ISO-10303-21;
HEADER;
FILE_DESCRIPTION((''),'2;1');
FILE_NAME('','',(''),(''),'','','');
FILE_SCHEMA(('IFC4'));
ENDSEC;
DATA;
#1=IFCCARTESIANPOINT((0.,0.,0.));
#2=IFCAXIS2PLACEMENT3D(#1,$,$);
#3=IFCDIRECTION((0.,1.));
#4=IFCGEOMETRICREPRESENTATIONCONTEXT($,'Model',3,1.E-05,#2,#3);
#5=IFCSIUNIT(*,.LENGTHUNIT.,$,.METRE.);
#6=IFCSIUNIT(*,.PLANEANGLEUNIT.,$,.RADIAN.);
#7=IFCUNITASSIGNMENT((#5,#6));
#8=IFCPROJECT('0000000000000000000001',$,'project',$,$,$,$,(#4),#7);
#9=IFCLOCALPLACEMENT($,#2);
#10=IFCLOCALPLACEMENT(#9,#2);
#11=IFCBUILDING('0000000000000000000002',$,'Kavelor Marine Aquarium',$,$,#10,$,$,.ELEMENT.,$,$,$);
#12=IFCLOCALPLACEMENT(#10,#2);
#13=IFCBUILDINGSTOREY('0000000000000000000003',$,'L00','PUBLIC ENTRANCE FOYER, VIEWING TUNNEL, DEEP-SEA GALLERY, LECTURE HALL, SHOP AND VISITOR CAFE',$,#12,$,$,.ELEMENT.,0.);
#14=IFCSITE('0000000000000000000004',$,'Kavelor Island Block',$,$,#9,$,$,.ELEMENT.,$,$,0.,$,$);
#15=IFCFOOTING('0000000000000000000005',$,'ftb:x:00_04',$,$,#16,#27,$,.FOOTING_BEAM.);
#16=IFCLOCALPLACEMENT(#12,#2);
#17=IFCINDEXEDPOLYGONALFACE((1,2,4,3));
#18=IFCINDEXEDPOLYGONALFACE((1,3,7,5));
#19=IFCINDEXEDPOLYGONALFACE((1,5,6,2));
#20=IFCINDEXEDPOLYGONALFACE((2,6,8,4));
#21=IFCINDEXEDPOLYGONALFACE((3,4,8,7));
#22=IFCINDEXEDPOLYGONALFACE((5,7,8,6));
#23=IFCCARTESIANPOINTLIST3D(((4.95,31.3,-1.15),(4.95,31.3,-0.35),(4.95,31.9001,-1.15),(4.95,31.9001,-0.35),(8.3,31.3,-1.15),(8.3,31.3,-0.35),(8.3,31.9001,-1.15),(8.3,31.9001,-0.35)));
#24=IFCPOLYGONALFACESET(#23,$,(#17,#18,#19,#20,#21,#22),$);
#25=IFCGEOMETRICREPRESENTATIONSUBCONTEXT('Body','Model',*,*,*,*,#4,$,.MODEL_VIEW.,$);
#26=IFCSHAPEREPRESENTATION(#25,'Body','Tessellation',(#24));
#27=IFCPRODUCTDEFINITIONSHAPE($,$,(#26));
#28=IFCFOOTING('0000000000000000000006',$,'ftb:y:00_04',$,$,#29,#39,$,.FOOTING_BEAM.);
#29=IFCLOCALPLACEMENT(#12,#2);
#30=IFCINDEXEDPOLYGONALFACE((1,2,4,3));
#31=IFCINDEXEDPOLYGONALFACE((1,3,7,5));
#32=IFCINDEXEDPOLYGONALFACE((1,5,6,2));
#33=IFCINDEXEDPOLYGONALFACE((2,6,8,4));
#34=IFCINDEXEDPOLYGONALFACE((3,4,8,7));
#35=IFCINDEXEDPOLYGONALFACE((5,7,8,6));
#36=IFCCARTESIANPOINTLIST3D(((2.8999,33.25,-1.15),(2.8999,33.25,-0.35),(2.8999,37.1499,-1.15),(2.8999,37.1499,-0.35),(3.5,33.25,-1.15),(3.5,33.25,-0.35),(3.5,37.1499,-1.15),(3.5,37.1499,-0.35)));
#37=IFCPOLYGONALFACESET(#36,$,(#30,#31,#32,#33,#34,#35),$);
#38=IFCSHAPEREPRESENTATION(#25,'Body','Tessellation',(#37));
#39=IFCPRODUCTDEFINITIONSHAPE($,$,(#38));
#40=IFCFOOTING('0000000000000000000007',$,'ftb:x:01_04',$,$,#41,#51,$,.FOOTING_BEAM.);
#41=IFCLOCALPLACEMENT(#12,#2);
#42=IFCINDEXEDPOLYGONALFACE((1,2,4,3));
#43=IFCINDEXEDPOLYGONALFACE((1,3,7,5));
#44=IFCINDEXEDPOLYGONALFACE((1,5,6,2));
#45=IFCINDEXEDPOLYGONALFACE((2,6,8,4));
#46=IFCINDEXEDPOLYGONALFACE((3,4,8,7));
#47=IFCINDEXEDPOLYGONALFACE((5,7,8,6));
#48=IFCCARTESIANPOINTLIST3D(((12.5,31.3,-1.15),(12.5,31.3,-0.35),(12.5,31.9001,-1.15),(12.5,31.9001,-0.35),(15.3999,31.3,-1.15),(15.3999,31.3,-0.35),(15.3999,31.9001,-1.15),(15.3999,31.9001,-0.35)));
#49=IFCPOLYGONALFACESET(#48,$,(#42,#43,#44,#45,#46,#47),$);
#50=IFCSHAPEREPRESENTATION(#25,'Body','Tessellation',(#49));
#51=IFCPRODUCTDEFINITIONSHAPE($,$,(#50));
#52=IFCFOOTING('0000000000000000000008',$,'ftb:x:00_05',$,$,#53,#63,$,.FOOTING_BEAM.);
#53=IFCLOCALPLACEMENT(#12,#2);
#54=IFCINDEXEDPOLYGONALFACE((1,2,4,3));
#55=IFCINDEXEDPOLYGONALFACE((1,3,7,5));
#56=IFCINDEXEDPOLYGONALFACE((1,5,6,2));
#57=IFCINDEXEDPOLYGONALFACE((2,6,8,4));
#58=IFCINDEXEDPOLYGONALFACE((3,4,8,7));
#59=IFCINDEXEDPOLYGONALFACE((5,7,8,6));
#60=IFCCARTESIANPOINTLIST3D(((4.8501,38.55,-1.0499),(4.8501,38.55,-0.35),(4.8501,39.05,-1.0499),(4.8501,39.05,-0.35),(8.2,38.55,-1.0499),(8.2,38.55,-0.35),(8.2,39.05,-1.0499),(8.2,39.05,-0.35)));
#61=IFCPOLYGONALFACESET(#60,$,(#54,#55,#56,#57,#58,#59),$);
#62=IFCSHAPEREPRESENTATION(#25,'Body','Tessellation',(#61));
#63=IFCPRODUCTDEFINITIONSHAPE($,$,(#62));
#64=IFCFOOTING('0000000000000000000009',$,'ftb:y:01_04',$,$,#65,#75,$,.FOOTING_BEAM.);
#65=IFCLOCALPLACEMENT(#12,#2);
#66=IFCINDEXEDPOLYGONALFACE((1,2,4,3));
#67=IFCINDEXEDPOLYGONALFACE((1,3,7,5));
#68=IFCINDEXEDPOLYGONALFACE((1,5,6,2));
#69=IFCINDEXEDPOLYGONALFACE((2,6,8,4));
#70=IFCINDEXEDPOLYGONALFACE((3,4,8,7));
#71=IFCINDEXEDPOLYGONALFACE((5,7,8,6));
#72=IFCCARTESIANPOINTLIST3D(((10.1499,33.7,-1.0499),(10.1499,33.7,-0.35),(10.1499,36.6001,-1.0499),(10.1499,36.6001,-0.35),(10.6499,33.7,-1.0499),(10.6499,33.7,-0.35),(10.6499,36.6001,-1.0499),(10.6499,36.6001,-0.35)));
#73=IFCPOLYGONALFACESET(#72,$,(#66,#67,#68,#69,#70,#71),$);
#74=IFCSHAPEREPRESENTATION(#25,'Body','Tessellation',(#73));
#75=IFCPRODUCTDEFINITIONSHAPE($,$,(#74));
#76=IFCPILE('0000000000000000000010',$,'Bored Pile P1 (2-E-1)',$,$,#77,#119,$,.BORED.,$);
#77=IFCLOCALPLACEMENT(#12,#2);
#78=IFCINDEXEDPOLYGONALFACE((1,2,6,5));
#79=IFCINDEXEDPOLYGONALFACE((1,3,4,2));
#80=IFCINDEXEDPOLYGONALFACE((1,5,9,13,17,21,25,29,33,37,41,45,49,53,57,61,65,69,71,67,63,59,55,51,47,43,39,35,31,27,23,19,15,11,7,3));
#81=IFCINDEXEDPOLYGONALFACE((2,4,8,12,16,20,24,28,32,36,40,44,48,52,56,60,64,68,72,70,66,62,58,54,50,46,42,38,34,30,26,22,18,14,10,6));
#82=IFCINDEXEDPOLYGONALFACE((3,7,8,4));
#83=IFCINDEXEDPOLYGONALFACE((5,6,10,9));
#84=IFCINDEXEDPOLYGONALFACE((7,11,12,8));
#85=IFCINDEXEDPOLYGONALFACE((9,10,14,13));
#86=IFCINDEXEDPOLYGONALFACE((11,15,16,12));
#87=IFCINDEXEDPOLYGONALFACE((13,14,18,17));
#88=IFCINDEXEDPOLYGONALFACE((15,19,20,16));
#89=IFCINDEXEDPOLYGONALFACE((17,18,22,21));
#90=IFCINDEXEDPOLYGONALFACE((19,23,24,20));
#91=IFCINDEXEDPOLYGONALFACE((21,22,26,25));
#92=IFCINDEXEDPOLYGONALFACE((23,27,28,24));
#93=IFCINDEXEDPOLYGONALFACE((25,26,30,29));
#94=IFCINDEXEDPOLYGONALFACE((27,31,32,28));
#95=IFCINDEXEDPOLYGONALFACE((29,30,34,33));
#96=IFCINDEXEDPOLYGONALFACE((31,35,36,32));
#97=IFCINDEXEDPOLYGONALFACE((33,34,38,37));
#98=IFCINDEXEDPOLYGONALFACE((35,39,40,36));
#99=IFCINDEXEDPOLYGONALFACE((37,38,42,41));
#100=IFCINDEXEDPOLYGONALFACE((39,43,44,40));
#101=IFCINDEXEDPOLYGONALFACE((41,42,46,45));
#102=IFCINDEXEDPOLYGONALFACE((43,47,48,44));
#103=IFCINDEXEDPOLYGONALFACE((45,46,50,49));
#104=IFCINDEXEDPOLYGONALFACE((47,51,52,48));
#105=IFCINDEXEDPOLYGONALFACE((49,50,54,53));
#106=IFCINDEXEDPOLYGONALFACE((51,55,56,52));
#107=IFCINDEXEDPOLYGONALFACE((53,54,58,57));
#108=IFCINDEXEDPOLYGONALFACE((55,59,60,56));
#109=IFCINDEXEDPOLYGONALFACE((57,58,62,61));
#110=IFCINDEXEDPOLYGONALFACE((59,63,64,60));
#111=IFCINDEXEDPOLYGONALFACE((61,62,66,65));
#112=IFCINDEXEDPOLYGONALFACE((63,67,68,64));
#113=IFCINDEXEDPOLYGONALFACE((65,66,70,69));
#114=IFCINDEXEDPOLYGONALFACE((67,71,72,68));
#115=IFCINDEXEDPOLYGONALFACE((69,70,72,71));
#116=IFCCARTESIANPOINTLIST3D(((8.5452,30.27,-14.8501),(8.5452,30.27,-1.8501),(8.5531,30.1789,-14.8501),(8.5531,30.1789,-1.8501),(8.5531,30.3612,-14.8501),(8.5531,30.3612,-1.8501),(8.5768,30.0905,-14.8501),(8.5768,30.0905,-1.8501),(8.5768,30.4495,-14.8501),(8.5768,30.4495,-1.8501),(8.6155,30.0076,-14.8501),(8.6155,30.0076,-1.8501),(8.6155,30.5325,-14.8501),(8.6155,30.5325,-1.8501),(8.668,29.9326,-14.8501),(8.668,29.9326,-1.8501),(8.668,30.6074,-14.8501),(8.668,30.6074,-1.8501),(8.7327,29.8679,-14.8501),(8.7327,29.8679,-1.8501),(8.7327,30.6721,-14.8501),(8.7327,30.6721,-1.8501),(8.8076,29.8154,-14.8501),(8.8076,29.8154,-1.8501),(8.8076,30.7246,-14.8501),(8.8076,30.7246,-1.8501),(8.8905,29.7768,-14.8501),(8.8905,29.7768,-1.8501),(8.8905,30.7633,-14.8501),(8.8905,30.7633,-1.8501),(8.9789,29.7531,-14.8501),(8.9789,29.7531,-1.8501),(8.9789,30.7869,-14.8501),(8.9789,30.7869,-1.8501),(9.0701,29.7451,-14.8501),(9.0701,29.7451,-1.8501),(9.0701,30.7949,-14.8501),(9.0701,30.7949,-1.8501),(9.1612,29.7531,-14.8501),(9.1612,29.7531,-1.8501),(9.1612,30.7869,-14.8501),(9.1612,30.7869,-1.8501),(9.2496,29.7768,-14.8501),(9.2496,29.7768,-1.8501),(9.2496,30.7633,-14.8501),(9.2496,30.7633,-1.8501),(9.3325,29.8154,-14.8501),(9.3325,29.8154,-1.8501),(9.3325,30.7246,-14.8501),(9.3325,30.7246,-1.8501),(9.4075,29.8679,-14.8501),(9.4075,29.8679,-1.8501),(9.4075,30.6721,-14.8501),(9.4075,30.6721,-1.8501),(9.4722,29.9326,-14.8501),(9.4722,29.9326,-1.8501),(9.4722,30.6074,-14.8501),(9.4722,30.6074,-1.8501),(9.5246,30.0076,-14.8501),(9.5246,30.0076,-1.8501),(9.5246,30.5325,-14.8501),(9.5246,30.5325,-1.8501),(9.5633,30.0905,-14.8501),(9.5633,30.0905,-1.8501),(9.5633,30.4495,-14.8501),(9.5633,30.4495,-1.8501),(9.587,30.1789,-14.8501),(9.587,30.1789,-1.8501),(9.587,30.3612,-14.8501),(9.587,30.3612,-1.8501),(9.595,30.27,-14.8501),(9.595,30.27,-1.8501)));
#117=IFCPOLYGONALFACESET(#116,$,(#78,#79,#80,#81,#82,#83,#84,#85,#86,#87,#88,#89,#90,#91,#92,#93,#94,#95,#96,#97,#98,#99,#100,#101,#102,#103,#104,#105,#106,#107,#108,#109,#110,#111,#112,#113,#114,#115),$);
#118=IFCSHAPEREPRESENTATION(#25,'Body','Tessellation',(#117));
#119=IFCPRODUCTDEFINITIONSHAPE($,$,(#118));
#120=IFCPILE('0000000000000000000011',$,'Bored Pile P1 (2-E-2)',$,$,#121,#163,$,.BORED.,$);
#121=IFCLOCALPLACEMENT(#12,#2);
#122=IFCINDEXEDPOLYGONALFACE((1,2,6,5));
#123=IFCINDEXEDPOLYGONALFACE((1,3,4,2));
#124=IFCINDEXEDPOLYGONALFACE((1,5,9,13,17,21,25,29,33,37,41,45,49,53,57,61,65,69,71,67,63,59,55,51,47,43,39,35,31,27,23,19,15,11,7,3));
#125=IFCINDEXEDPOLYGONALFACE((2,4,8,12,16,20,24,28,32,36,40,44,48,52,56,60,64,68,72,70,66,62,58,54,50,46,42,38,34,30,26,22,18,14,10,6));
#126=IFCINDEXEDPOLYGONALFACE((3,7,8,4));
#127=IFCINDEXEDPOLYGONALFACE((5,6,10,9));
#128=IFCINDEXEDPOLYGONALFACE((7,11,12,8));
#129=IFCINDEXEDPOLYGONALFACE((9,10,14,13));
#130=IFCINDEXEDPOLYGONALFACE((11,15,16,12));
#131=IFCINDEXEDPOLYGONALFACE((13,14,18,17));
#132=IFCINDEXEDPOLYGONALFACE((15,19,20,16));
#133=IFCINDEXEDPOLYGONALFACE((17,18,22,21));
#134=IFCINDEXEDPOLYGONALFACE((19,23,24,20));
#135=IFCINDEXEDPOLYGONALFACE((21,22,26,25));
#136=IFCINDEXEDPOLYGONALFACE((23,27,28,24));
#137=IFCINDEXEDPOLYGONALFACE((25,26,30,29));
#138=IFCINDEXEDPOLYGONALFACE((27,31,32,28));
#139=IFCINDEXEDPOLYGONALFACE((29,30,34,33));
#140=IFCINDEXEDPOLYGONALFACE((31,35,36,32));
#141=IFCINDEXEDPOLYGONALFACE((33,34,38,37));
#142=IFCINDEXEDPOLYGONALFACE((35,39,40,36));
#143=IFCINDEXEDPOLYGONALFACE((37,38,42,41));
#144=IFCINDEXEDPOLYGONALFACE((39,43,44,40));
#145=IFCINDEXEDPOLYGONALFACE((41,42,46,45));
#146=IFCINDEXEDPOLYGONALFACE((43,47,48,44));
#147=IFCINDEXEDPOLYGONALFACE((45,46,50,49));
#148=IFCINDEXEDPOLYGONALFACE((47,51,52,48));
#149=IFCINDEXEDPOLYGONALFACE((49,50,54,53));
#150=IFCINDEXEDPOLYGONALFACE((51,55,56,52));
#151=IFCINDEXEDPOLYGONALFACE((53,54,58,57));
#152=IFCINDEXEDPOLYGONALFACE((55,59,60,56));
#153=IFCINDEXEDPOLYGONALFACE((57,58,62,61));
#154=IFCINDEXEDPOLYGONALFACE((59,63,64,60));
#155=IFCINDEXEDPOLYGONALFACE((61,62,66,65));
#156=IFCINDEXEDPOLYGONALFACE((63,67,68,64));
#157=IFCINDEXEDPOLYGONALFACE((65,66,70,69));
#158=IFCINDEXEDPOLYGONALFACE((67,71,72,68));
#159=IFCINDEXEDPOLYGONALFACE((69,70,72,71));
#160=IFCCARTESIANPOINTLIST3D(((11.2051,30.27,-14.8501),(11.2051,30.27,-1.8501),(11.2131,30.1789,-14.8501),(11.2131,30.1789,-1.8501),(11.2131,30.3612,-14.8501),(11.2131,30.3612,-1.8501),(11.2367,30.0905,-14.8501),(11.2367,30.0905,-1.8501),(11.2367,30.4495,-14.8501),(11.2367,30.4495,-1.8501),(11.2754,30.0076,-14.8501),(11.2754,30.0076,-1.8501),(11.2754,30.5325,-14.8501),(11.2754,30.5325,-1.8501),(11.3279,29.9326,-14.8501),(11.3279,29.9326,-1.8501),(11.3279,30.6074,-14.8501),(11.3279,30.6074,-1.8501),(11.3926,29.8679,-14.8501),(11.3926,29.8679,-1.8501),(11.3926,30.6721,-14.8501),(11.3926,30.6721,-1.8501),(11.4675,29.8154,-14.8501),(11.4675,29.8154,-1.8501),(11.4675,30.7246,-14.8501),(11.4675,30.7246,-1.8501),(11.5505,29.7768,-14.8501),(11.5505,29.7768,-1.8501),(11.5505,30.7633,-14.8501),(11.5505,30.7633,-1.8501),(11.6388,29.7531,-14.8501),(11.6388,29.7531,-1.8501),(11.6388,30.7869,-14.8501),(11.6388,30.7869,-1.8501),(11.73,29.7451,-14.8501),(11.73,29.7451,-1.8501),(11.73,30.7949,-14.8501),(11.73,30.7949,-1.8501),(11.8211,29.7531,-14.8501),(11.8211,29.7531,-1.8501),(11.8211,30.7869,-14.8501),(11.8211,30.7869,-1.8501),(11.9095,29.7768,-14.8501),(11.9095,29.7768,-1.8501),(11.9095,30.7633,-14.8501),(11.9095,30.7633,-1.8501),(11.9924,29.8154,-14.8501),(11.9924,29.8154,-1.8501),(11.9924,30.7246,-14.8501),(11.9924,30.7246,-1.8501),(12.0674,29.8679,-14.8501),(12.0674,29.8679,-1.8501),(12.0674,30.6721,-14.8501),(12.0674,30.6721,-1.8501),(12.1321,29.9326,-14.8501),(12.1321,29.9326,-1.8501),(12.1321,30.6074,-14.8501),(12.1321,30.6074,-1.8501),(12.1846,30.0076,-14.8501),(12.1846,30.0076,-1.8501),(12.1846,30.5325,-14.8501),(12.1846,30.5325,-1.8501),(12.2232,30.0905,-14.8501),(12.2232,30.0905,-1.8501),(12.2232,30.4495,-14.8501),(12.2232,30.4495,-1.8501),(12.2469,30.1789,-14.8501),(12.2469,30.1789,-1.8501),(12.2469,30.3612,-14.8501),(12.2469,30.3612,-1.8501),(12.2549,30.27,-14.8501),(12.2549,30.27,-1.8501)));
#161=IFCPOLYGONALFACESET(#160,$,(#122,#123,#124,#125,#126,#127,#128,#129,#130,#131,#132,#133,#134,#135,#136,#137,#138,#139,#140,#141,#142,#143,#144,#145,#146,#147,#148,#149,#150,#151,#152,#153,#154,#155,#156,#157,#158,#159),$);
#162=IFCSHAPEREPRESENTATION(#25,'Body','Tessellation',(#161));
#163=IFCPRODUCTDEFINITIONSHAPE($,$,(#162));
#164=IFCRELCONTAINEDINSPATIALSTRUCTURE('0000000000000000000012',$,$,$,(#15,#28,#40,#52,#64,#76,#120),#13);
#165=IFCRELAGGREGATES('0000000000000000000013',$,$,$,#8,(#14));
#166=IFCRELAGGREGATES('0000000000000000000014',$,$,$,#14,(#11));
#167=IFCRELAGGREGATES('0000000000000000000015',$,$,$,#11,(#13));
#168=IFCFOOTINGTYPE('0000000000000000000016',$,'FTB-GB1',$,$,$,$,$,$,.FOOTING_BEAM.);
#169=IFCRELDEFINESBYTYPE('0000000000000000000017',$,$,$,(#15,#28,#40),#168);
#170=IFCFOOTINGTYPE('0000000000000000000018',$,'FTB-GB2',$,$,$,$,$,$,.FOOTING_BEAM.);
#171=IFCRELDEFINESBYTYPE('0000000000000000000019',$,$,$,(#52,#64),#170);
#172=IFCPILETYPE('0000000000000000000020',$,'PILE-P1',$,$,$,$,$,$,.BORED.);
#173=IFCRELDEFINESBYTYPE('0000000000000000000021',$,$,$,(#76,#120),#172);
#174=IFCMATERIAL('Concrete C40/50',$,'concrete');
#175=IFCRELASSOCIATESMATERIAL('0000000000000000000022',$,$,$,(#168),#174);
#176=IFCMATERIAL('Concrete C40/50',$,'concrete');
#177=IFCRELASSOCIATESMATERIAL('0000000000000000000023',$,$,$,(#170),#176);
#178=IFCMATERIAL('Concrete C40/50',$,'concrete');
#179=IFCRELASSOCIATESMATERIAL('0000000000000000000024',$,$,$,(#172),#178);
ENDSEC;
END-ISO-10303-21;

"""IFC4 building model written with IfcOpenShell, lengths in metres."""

from ifc_helpers import new_model, si_unit, direction, frame, origin, origin_2d, place, context, subcontext, project, spatial, rectangle, circle, extrude, material, material_profile, profile_set, type_object, element, save


model = new_model("IFC4")

# Units and contexts
model_context = context("Model", 3, precision=1e-05, world=origin(), true_north=direction((0.0, 1.0)))
body_context = subcontext(model_context, "Body", "Model", "MODEL_VIEW")
ifc_project = project(units=[si_unit("LENGTHUNIT", "METRE"), si_unit("PLANEANGLEUNIT", "RADIAN")], contexts=[model_context])

# Site, building, storey
site_placement = place(None, origin())
site = spatial("IfcSite", under=ifc_project, at=site_placement, Name="Kavelor Island Block", CompositionType="ELEMENT", RefElevation=0.0)
building_placement = place(site_placement, origin())
building = spatial("IfcBuilding", under=site, at=building_placement, Name="Kavelor Marine Aquarium", CompositionType="ELEMENT")
storey_placement = place(building_placement, origin())
storey = spatial("IfcBuildingStorey", under=building, at=storey_placement, Name="L00", Description="PUBLIC ENTRANCE FOYER, VIEWING TUNNEL, DEEP-SEA GALLERY, LECTURE HALL, SHOP AND VISITOR CAFE", CompositionType="ELEMENT", Elevation=0.0)

# Footings
ifc_material_1 = material(Name="Concrete C40/50", Category="concrete")
ifc_material_profile_1 = material_profile(ifc_material_1, rectangle(XDim=0.6001, YDim=0.8, at=origin_2d()), Name="GB 600x800")
ifc_profile_set_1 = profile_set([ifc_material_profile_1], Name="Concrete C40/50")
footing_type_1 = type_object("IfcFootingType", Name="FTB-GB1", PredefinedType="FOOTING_BEAM", material=ifc_profile_set_1)
footing_1_placement = place(storey_placement, frame((4.95, 31.6001, -0.75), z_axis=(1.0, 0.0, 0.0), x_axis=(0.0, 1.0, 0.0)))
element("IfcFooting", 1, at=footing_1_placement, inside=storey, type_object=footing_type_1, Name="ftb:x:00_04", PredefinedType="FOOTING_BEAM", context=body_context, shape_type="SweptSolid", body=[
    extrude(rectangle(XDim=0.6001, YDim=0.8, at=origin_2d()), origin(), (0.0, 0.0, 1.0), 3.3501),
])
footing_2_placement = place(storey_placement, frame((3.2, 33.25, -0.75), z_axis=(0.0, 1.0, 0.0), x_axis=(-1.0, 0.0, 0.0)))
element("IfcFooting", 2, at=footing_2_placement, inside=storey, type_object=footing_type_1, Name="ftb:y:00_04", PredefinedType="FOOTING_BEAM", context=body_context, shape_type="SweptSolid", body=[
    extrude(rectangle(XDim=0.6001, YDim=0.8, at=origin_2d()), origin(), (0.0, 0.0, 1.0), 3.8999),
])
footing_3_placement = place(storey_placement, frame((12.5, 31.6001, -0.75), z_axis=(1.0, 0.0, 0.0), x_axis=(0.0, 1.0, 0.0)))
element("IfcFooting", 3, at=footing_3_placement, inside=storey, type_object=footing_type_1, Name="ftb:x:01_04", PredefinedType="FOOTING_BEAM", context=body_context, shape_type="SweptSolid", body=[
    extrude(rectangle(XDim=0.6001, YDim=0.8, at=origin_2d()), origin(), (0.0, 0.0, 1.0), 2.8999),
])
ifc_material_2 = material(Name="Concrete C40/50", Category="concrete")
ifc_material_profile_2 = material_profile(ifc_material_2, rectangle(XDim=0.5, YDim=0.7, at=origin_2d()), Name="GB 500x700")
ifc_profile_set_2 = profile_set([ifc_material_profile_2], Name="Concrete C40/50")
footing_type_2 = type_object("IfcFootingType", Name="FTB-GB2", PredefinedType="FOOTING_BEAM", material=ifc_profile_set_2)
footing_4_placement = place(storey_placement, frame((4.8501, 38.8, -0.7), z_axis=(1.0, 0.0, 0.0), x_axis=(0.0, 1.0, 0.0)))
element("IfcFooting", 4, at=footing_4_placement, inside=storey, type_object=footing_type_2, Name="ftb:x:00_05", PredefinedType="FOOTING_BEAM", context=body_context, shape_type="SweptSolid", body=[
    extrude(rectangle(XDim=0.5, YDim=0.7, at=origin_2d()), origin(), (0.0, 0.0, 1.0), 3.3499),
])
footing_5_placement = place(storey_placement, frame((10.3999, 33.7, -0.7), z_axis=(0.0, 1.0, 0.0), x_axis=(-1.0, 0.0, 0.0)))
element("IfcFooting", 5, at=footing_5_placement, inside=storey, type_object=footing_type_2, Name="ftb:y:01_04", PredefinedType="FOOTING_BEAM", context=body_context, shape_type="SweptSolid", body=[
    extrude(rectangle(XDim=0.5, YDim=0.7, at=origin_2d()), origin(), (0.0, 0.0, 1.0), 2.9001),
])

# Piles
ifc_material_3 = material(Name="Concrete C40/50", Category="concrete")
ifc_material_profile_3 = material_profile(ifc_material_3, circle(Radius=0.5249, at=origin_2d()), Name="PILE D1050")
ifc_profile_set_3 = profile_set([ifc_material_profile_3], Name="Concrete C40/50")
pile_type_1 = type_object("IfcPileType", Name="PILE-P1", PredefinedType="BORED", material=ifc_profile_set_3)
for number, where, z_axis, x_axis, name in (
    (6, (9.0701, 30.27, -1.8501), (0.0, 0.0, -1.0), (1.0, 0.0, 0.0), "Bored Pile P1 (2-E-1)"),
    (7, (11.73, 30.27, -1.8501), (0.0, 0.0, -1.0), (1.0, 0.0, 0.0), "Bored Pile P1 (2-E-2)"),
):
    element("IfcPile", number, at=place(storey_placement, frame(where, z_axis=z_axis, x_axis=x_axis)), inside=storey, type_object=pile_type_1, Name=name, PredefinedType="BORED", context=body_context, shape_type="SweptSolid", body=[
        extrude(circle(Radius=0.5249, at=origin_2d()), origin(), (0.0, 0.0, 1.0), 13.0),
    ])

save(model, "model.ifc")
